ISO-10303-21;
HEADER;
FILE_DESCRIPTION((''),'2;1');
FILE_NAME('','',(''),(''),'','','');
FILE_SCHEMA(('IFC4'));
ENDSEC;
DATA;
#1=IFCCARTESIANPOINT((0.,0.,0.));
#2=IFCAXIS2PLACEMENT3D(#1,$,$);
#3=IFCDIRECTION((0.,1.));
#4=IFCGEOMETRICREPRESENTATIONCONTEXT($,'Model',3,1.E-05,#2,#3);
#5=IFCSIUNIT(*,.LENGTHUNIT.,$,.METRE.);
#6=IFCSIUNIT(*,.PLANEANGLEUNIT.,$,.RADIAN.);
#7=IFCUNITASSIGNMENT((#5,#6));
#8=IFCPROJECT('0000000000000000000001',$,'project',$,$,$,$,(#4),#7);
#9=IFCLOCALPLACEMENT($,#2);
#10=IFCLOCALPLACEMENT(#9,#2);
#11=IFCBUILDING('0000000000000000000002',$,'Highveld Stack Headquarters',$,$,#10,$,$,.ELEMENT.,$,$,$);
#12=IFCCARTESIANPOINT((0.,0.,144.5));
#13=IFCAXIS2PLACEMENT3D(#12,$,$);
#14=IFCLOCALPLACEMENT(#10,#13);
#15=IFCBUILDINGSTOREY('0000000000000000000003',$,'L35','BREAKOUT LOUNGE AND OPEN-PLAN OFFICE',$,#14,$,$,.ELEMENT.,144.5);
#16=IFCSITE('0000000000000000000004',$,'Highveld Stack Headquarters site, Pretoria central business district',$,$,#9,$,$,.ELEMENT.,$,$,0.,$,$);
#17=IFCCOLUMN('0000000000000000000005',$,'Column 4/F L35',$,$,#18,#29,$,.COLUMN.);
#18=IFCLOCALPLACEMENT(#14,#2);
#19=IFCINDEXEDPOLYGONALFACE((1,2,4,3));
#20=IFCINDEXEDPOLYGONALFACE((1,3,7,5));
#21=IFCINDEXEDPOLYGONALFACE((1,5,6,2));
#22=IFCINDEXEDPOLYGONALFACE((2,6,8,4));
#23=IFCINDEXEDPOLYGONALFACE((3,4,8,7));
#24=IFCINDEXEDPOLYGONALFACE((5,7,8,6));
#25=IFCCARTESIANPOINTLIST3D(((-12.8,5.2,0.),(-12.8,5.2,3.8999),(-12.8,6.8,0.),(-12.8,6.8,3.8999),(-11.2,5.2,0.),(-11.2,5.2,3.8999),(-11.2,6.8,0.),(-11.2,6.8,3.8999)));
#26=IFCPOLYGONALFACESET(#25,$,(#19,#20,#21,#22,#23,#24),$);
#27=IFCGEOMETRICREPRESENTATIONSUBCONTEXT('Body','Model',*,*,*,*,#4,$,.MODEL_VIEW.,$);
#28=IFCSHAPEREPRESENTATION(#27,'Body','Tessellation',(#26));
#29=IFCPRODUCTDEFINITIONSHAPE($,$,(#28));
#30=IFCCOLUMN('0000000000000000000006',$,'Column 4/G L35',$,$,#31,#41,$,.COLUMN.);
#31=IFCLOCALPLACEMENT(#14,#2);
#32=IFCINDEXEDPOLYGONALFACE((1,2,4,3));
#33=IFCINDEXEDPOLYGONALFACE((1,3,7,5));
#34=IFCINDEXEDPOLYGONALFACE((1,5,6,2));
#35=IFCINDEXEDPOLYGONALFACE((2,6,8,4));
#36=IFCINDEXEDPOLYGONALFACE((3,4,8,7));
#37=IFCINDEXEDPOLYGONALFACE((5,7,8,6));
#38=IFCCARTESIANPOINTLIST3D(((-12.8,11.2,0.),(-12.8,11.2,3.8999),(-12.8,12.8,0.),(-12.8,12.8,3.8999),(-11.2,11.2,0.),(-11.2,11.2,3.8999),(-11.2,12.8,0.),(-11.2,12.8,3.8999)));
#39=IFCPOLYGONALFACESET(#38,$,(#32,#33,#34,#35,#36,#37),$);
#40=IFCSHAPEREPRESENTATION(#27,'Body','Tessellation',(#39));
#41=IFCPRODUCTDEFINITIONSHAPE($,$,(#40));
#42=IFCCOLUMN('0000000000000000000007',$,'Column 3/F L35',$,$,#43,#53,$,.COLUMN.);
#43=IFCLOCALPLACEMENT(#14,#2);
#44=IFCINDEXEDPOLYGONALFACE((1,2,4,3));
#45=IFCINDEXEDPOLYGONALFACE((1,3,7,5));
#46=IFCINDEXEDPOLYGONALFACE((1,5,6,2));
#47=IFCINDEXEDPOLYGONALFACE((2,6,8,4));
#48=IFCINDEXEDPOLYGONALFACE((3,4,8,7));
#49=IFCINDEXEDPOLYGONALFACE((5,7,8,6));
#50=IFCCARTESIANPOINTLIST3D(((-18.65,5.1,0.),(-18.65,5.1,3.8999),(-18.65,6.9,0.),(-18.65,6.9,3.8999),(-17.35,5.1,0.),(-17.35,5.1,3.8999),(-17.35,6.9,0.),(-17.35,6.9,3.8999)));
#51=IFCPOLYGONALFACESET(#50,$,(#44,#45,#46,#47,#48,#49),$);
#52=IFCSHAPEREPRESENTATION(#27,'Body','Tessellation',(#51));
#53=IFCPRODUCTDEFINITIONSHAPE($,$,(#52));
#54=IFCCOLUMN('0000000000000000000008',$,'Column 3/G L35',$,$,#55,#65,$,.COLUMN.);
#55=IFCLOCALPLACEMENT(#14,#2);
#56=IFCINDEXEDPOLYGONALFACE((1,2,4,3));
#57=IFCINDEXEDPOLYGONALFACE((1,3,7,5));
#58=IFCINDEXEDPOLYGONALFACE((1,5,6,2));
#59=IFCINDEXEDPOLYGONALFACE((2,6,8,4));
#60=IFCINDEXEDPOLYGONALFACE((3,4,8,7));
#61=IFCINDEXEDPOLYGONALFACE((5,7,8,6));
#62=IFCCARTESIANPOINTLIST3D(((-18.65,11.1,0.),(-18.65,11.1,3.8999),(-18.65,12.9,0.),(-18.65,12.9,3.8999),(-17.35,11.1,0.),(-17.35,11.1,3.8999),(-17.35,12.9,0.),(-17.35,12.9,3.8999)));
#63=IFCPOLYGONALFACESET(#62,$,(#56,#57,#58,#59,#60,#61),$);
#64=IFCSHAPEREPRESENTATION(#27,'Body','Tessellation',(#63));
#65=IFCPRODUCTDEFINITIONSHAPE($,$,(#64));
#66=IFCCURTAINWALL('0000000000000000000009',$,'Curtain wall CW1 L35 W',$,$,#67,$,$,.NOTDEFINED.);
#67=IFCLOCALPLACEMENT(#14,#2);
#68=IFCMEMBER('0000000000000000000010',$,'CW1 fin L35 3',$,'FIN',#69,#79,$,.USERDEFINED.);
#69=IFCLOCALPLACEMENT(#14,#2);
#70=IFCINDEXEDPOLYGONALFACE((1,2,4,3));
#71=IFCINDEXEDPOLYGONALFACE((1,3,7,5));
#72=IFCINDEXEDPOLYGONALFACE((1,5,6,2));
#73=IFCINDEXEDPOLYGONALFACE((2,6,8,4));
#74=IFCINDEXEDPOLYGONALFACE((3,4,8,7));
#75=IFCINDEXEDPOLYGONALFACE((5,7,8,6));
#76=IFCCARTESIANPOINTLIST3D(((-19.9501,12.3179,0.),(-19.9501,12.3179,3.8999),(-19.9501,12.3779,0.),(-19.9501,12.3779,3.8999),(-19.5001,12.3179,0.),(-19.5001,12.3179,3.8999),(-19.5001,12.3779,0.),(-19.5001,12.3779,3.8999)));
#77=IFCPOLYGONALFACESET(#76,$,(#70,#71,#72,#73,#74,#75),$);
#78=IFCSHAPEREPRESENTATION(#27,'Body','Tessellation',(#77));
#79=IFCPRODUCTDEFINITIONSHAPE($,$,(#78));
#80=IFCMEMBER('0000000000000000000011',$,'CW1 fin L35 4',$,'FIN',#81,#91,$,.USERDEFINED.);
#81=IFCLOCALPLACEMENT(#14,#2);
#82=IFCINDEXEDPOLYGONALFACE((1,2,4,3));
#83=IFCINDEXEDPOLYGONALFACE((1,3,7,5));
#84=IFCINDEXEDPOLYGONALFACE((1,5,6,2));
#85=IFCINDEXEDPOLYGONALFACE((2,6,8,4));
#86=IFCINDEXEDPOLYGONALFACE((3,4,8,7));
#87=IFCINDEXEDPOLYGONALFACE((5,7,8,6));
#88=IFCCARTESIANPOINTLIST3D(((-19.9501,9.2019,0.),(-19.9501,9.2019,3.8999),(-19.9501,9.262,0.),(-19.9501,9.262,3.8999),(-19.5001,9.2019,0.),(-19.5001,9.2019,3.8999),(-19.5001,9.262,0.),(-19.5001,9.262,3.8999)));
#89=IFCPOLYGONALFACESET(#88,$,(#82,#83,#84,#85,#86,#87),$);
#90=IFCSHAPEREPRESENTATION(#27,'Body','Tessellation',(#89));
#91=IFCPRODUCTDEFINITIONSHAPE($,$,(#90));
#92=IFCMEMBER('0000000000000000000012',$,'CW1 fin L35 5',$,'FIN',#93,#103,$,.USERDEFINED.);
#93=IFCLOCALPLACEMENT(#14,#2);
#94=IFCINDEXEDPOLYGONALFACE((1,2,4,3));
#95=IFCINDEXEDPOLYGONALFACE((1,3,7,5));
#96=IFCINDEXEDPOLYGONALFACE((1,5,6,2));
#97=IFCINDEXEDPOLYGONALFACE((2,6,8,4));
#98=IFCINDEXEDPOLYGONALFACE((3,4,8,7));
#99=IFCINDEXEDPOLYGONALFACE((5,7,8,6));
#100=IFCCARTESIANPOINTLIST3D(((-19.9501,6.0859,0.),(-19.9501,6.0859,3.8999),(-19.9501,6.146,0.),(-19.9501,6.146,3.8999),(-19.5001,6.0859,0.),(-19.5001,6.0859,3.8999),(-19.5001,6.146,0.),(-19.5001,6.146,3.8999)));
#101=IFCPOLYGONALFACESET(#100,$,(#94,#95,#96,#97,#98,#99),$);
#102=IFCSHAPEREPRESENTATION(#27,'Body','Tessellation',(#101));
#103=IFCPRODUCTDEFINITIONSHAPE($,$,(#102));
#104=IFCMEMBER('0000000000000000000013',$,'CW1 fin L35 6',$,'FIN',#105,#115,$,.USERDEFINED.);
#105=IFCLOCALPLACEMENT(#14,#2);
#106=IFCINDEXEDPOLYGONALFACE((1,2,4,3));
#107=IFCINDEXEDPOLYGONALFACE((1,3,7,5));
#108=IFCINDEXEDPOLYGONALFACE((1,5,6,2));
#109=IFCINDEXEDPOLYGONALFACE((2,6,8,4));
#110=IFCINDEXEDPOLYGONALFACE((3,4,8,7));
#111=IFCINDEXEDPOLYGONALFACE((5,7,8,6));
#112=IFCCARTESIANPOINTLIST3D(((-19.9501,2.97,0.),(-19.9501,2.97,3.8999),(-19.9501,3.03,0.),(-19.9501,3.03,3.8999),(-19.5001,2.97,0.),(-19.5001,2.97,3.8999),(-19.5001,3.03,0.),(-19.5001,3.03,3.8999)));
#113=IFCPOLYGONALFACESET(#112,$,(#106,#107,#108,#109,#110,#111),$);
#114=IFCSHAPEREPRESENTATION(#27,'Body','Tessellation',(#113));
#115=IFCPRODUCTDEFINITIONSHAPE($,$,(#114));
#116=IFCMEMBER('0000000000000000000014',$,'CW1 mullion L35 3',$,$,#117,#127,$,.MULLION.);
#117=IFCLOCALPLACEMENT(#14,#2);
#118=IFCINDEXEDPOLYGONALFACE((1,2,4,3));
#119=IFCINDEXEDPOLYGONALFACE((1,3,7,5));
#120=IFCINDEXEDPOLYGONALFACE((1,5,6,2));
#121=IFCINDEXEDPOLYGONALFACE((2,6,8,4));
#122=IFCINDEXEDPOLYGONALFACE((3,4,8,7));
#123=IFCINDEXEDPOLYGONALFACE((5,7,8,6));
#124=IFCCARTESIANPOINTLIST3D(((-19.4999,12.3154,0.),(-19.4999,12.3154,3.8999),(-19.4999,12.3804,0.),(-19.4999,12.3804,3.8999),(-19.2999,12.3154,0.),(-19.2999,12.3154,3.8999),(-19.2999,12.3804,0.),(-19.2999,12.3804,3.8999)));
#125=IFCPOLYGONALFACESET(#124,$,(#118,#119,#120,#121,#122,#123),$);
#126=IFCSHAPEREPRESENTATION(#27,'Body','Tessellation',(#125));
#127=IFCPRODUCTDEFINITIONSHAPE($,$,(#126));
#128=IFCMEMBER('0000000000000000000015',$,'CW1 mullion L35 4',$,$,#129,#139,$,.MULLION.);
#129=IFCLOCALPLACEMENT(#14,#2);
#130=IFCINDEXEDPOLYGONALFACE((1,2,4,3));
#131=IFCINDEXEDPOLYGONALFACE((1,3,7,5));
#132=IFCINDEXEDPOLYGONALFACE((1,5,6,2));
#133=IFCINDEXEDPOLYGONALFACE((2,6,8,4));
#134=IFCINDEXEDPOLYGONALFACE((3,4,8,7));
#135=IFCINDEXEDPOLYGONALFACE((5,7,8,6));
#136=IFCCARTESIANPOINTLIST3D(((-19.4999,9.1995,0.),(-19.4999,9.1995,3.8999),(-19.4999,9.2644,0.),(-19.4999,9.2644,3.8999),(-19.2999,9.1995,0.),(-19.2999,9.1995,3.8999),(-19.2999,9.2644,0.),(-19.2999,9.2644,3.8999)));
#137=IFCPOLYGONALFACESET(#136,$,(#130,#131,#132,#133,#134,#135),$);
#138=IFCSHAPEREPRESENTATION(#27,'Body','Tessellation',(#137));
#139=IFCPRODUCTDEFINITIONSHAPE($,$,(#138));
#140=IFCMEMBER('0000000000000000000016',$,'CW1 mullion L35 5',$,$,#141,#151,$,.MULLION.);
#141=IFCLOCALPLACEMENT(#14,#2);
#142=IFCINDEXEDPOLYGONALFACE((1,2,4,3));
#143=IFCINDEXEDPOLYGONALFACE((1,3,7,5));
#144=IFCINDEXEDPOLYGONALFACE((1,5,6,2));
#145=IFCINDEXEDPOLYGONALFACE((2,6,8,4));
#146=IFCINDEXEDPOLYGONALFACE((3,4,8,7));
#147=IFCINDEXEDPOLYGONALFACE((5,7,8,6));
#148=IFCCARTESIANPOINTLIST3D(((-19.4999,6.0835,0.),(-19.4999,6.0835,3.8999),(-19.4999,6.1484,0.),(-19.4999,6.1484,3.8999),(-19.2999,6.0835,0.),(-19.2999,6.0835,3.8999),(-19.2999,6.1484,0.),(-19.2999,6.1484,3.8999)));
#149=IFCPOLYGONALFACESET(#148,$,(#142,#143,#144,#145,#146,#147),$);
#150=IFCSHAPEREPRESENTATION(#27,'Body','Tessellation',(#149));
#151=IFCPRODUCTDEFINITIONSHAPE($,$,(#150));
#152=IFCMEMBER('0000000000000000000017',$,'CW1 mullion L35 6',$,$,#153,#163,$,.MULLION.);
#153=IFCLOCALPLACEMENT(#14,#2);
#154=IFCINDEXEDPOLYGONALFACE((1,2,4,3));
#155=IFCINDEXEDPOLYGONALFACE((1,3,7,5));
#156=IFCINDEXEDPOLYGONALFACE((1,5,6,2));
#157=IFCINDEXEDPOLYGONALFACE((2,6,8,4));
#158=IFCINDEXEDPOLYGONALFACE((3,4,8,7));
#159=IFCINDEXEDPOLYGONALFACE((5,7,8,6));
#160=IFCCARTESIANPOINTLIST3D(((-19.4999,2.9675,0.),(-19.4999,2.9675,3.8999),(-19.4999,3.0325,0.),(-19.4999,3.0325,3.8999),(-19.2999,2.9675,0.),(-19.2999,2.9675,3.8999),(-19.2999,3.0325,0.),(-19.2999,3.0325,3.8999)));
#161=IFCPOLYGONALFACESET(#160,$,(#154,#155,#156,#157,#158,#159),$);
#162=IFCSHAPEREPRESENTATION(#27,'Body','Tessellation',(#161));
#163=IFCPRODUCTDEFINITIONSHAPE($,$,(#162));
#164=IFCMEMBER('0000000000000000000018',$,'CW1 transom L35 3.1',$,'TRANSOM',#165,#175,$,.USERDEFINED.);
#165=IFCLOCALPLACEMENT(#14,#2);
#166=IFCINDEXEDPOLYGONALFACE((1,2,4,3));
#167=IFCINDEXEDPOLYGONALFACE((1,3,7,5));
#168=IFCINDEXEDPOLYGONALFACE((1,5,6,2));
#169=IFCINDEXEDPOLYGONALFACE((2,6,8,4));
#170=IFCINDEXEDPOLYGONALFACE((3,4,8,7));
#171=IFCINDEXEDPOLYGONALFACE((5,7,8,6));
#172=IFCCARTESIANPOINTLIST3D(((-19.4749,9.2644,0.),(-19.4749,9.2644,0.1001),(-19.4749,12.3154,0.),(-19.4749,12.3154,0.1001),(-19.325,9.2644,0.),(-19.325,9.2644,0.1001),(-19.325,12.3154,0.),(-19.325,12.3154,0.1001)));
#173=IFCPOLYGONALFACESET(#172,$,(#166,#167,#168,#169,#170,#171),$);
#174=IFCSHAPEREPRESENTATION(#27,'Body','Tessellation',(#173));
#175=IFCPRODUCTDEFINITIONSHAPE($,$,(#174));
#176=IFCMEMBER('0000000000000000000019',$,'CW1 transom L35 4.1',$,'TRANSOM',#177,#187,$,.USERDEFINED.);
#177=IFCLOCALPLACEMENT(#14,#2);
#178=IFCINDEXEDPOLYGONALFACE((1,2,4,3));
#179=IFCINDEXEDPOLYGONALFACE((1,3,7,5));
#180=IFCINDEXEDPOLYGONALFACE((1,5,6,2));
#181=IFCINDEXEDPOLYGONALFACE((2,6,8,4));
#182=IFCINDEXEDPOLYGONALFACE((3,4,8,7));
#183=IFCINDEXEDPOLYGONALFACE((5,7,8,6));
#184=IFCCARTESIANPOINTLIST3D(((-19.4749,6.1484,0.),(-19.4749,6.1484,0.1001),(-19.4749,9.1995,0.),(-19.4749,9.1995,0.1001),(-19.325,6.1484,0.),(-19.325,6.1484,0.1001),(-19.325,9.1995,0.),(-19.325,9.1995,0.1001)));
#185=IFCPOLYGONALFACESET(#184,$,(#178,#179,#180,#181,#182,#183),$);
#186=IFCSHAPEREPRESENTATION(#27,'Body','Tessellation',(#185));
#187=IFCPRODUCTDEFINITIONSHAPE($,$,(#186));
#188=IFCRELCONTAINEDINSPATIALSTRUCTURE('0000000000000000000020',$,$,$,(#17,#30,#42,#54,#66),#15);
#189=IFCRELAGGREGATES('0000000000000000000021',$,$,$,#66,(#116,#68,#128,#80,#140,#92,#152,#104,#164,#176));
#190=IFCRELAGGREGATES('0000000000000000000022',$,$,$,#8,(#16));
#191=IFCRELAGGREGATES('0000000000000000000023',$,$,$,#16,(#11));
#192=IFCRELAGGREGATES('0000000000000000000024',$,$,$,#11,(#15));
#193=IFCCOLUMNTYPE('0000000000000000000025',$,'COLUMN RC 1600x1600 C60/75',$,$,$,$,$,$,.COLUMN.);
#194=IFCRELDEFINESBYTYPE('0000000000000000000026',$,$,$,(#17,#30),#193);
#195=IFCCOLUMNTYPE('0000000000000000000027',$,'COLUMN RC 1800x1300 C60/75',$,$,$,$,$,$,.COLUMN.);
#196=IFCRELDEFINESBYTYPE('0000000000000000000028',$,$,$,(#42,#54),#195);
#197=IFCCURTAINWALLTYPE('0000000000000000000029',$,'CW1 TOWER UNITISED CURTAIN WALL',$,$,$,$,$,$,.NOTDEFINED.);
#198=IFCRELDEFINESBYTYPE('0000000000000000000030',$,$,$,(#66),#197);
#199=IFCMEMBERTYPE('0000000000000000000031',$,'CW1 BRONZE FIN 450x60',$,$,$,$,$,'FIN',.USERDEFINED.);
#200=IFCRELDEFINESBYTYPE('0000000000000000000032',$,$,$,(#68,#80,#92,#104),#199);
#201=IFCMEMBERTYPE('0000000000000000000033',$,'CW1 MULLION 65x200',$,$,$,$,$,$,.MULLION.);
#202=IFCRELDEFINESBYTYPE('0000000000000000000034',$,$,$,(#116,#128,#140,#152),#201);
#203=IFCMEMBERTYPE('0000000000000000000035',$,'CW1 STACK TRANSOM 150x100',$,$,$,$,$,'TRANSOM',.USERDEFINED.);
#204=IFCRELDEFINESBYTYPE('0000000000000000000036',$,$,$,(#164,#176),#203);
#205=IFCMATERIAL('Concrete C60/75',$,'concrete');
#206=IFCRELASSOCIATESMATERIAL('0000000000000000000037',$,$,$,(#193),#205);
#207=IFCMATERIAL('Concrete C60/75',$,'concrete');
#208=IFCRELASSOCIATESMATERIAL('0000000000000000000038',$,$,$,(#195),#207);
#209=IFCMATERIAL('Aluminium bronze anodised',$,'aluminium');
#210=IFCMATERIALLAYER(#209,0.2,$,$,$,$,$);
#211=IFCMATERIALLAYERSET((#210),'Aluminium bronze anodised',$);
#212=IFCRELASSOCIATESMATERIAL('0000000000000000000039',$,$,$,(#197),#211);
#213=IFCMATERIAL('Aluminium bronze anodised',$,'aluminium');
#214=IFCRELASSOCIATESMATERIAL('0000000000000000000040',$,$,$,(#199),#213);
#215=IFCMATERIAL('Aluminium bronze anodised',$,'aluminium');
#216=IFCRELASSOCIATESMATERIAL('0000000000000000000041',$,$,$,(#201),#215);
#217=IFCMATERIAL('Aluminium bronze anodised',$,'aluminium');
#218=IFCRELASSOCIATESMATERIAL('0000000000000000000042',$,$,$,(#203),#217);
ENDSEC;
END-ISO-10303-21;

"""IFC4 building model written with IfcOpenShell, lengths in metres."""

from ifc_helpers import new_model, si_unit, direction, frame, origin, origin_2d, place, context, subcontext, project, spatial, rectangle, extrude, material, layer, layer_set, material_profile, profile_set, type_object, element, aggregate, save


model = new_model("IFC4")

# Units and contexts
model_context = context("Model", 3, precision=1e-05, world=origin(), true_north=direction((0.0, 1.0)))
body_context = subcontext(model_context, "Body", "Model", "MODEL_VIEW")
ifc_project = project(units=[si_unit("LENGTHUNIT", "METRE"), si_unit("PLANEANGLEUNIT", "RADIAN")], contexts=[model_context])

# Site, building, storey
site_placement = place(None, origin())
site = spatial("IfcSite", under=ifc_project, at=site_placement, Name="Highveld Stack Headquarters site, Pretoria central business district", CompositionType="ELEMENT", RefElevation=0.0)
building_placement = place(site_placement, origin())
building = spatial("IfcBuilding", under=site, at=building_placement, Name="Highveld Stack Headquarters", CompositionType="ELEMENT")
storey_placement = place(building_placement, frame((0.0, 0.0, 144.5)))
storey = spatial("IfcBuildingStorey", under=building, at=storey_placement, Name="L35", Description="BREAKOUT LOUNGE AND OPEN-PLAN OFFICE", CompositionType="ELEMENT", Elevation=144.5)

# Columns
ifc_material_1 = material(Name="Concrete C60/75", Category="concrete")
ifc_material_profile_1 = material_profile(ifc_material_1, rectangle(XDim=1.6001, YDim=1.6001, at=origin_2d()), Name="RC 1600x1600")
ifc_profile_set_1 = profile_set([ifc_material_profile_1], Name="Concrete C60/75")
column_type_1 = type_object("IfcColumnType", Name="COLUMN RC 1600x1600 C60/75", PredefinedType="COLUMN", material=ifc_profile_set_1)
for number, where, z_axis, x_axis, name in (
    (1, (-12.0, 6.0, 0.0), (0.0, 0.0, 1.0), (1.0, 0.0, 0.0), "Column 4/F L35"),
    (2, (-12.0, 12.0, 0.0), (0.0, 0.0, 1.0), (1.0, 0.0, 0.0), "Column 4/G L35"),
):
    element("IfcColumn", number, at=place(storey_placement, frame(where, z_axis=z_axis, x_axis=x_axis)), inside=storey, type_object=column_type_1, Name=name, PredefinedType="COLUMN", context=body_context, shape_type="SweptSolid", body=[
        extrude(rectangle(XDim=1.6001, YDim=1.6001, at=origin_2d()), origin(), (0.0, 0.0, 1.0), 3.8999),
    ])
ifc_material_2 = material(Name="Concrete C60/75", Category="concrete")
ifc_material_profile_2 = material_profile(ifc_material_2, rectangle(XDim=1.8, YDim=1.3, at=origin_2d()), Name="RC 1800x1300")
ifc_profile_set_2 = profile_set([ifc_material_profile_2], Name="Concrete C60/75")
column_type_2 = type_object("IfcColumnType", Name="COLUMN RC 1800x1300 C60/75", PredefinedType="COLUMN", material=ifc_profile_set_2)
for number, where, z_axis, x_axis, name in (
    (3, (-18.0, 6.0, 0.0), (0.0, 0.0, 1.0), (0.0, 1.0, 0.0), "Column 3/F L35"),
    (4, (-18.0, 12.0, 0.0), (0.0, 0.0, 1.0), (0.0, 1.0, 0.0), "Column 3/G L35"),
):
    element("IfcColumn", number, at=place(storey_placement, frame(where, z_axis=z_axis, x_axis=x_axis)), inside=storey, type_object=column_type_2, Name=name, PredefinedType="COLUMN", context=body_context, shape_type="SweptSolid", body=[
        extrude(rectangle(XDim=1.8, YDim=1.3, at=origin_2d()), origin(), (0.0, 0.0, 1.0), 3.8999),
    ])

# Curtain wall, members
ifc_material_3 = material(Name="Aluminium bronze anodised", Category="aluminium")
ifc_layer_1 = layer(ifc_material_3, 0.2)
ifc_layer_set_1 = layer_set([ifc_layer_1], Name="Aluminium bronze anodised")
curtain_wall_type = type_object("IfcCurtainWallType", Name="CW1 TOWER UNITISED CURTAIN WALL", PredefinedType="NOTDEFINED", material=ifc_layer_set_1)
curtain_wall_placement = place(storey_placement, origin())
curtain_wall = element("IfcCurtainWall", 5, at=curtain_wall_placement, inside=storey, type_object=curtain_wall_type, Name="Curtain wall CW1 L35 W", PredefinedType="NOTDEFINED")
ifc_material_4 = material(Name="Aluminium bronze anodised", Category="aluminium")
ifc_material_profile_3 = material_profile(ifc_material_4, rectangle(XDim=0.45, YDim=0.0601, at=origin_2d()), Name="FIN 450x60")
ifc_profile_set_3 = profile_set([ifc_material_profile_3], Name="Aluminium bronze anodised")
member_type_1 = type_object("IfcMemberType", Name="CW1 BRONZE FIN 450x60", ElementType="FIN", PredefinedType="USERDEFINED", material=ifc_profile_set_3)
member_1_placement = place(storey_placement, frame((-19.7251, 12.3479, 0.0), z_axis=(0.0, 0.0, 1.0), x_axis=(1.0, 0.0, 0.0)))
member_1 = element("IfcMember", 6, at=member_1_placement, type_object=member_type_1, Name="CW1 fin L35 3", ObjectType="FIN", PredefinedType="USERDEFINED", context=body_context, shape_type="SweptSolid", body=[
    extrude(rectangle(XDim=0.45, YDim=0.0601, at=origin_2d()), origin(), (0.0, 0.0, 1.0), 3.8999),
])
member_2_placement = place(storey_placement, frame((-19.7251, 9.2319, 0.0), z_axis=(0.0, 0.0, 1.0), x_axis=(1.0, 0.0, 0.0)))
member_2 = element("IfcMember", 7, at=member_2_placement, type_object=member_type_1, Name="CW1 fin L35 4", ObjectType="FIN", PredefinedType="USERDEFINED", context=body_context, shape_type="SweptSolid", body=[
    extrude(rectangle(XDim=0.45, YDim=0.0601, at=origin_2d()), origin(), (0.0, 0.0, 1.0), 3.8999),
])
member_3_placement = place(storey_placement, frame((-19.7251, 6.116, 0.0), z_axis=(0.0, 0.0, 1.0), x_axis=(1.0, 0.0, 0.0)))
member_3 = element("IfcMember", 8, at=member_3_placement, type_object=member_type_1, Name="CW1 fin L35 5", ObjectType="FIN", PredefinedType="USERDEFINED", context=body_context, shape_type="SweptSolid", body=[
    extrude(rectangle(XDim=0.45, YDim=0.0601, at=origin_2d()), origin(), (0.0, 0.0, 1.0), 3.8999),
])
member_4_placement = place(storey_placement, frame((-19.7251, 3.0, 0.0), z_axis=(0.0, 0.0, 1.0), x_axis=(1.0, 0.0, 0.0)))
member_4 = element("IfcMember", 9, at=member_4_placement, type_object=member_type_1, Name="CW1 fin L35 6", ObjectType="FIN", PredefinedType="USERDEFINED", context=body_context, shape_type="SweptSolid", body=[
    extrude(rectangle(XDim=0.45, YDim=0.0601, at=origin_2d()), origin(), (0.0, 0.0, 1.0), 3.8999),
])
ifc_material_5 = material(Name="Aluminium bronze anodised", Category="aluminium")
ifc_material_profile_4 = material_profile(ifc_material_5, rectangle(XDim=0.2, YDim=0.0649, at=origin_2d()), Name="CW1 MULLION 65x200")
ifc_profile_set_4 = profile_set([ifc_material_profile_4], Name="Aluminium bronze anodised")
member_type_2 = type_object("IfcMemberType", Name="CW1 MULLION 65x200", PredefinedType="MULLION", material=ifc_profile_set_4)
member_5_placement = place(storey_placement, frame((-19.3999, 12.3479, 0.0), z_axis=(0.0, 0.0, 1.0), x_axis=(1.0, 0.0, 0.0)))
member_5 = element("IfcMember", 10, at=member_5_placement, type_object=member_type_2, Name="CW1 mullion L35 3", PredefinedType="MULLION", context=body_context, shape_type="SweptSolid", body=[
    extrude(rectangle(XDim=0.2, YDim=0.0649, at=origin_2d()), origin(), (0.0, 0.0, 1.0), 3.8999),
])
member_6_placement = place(storey_placement, frame((-19.3999, 9.2319, 0.0), z_axis=(0.0, 0.0, 1.0), x_axis=(1.0, 0.0, 0.0)))
member_6 = element("IfcMember", 11, at=member_6_placement, type_object=member_type_2, Name="CW1 mullion L35 4", PredefinedType="MULLION", context=body_context, shape_type="SweptSolid", body=[
    extrude(rectangle(XDim=0.2, YDim=0.0649, at=origin_2d()), origin(), (0.0, 0.0, 1.0), 3.8999),
])
member_7_placement = place(storey_placement, frame((-19.3999, 6.116, 0.0), z_axis=(0.0, 0.0, 1.0), x_axis=(1.0, 0.0, 0.0)))
member_7 = element("IfcMember", 12, at=member_7_placement, type_object=member_type_2, Name="CW1 mullion L35 5", PredefinedType="MULLION", context=body_context, shape_type="SweptSolid", body=[
    extrude(rectangle(XDim=0.2, YDim=0.0649, at=origin_2d()), origin(), (0.0, 0.0, 1.0), 3.8999),
])
member_8_placement = place(storey_placement, frame((-19.3999, 3.0, 0.0), z_axis=(0.0, 0.0, 1.0), x_axis=(1.0, 0.0, 0.0)))
member_8 = element("IfcMember", 13, at=member_8_placement, type_object=member_type_2, Name="CW1 mullion L35 6", PredefinedType="MULLION", context=body_context, shape_type="SweptSolid", body=[
    extrude(rectangle(XDim=0.2, YDim=0.0649, at=origin_2d()), origin(), (0.0, 0.0, 1.0), 3.8999),
])
ifc_material_6 = material(Name="Aluminium bronze anodised", Category="aluminium")
ifc_material_profile_5 = material_profile(ifc_material_6, rectangle(XDim=0.1499, YDim=0.1001, at=origin_2d()), Name="CW1 TRANSOM 150x100")
ifc_profile_set_5 = profile_set([ifc_material_profile_5], Name="Aluminium bronze anodised")
member_type_3 = type_object("IfcMemberType", Name="CW1 STACK TRANSOM 150x100", ElementType="TRANSOM", PredefinedType="USERDEFINED", material=ifc_profile_set_5)
member_9_placement = place(storey_placement, frame((-19.3999, 12.3154, 0.05), z_axis=(0.0, -1.0, 0.0), x_axis=(1.0, 0.0, 0.0)))
member_9 = element("IfcMember", 14, at=member_9_placement, type_object=member_type_3, Name="CW1 transom L35 3.1", ObjectType="TRANSOM", PredefinedType="USERDEFINED", context=body_context, shape_type="SweptSolid", body=[
    extrude(rectangle(XDim=0.1499, YDim=0.1001, at=origin_2d()), origin(), (0.0, 0.0, 1.0), 3.051),
])
member_10_placement = place(storey_placement, frame((-19.3999, 9.1995, 0.05), z_axis=(0.0, -1.0, 0.0), x_axis=(1.0, 0.0, 0.0)))
member_10 = element("IfcMember", 15, at=member_10_placement, type_object=member_type_3, Name="CW1 transom L35 4.1", ObjectType="TRANSOM", PredefinedType="USERDEFINED", context=body_context, shape_type="SweptSolid", body=[
    extrude(rectangle(XDim=0.1499, YDim=0.1001, at=origin_2d()), origin(), (0.0, 0.0, 1.0), 3.051),
])
aggregate(curtain_wall, [member_5, member_1, member_6, member_2, member_7, member_3, member_8, member_4, member_9, member_10])

save(model, "model.ifc")
